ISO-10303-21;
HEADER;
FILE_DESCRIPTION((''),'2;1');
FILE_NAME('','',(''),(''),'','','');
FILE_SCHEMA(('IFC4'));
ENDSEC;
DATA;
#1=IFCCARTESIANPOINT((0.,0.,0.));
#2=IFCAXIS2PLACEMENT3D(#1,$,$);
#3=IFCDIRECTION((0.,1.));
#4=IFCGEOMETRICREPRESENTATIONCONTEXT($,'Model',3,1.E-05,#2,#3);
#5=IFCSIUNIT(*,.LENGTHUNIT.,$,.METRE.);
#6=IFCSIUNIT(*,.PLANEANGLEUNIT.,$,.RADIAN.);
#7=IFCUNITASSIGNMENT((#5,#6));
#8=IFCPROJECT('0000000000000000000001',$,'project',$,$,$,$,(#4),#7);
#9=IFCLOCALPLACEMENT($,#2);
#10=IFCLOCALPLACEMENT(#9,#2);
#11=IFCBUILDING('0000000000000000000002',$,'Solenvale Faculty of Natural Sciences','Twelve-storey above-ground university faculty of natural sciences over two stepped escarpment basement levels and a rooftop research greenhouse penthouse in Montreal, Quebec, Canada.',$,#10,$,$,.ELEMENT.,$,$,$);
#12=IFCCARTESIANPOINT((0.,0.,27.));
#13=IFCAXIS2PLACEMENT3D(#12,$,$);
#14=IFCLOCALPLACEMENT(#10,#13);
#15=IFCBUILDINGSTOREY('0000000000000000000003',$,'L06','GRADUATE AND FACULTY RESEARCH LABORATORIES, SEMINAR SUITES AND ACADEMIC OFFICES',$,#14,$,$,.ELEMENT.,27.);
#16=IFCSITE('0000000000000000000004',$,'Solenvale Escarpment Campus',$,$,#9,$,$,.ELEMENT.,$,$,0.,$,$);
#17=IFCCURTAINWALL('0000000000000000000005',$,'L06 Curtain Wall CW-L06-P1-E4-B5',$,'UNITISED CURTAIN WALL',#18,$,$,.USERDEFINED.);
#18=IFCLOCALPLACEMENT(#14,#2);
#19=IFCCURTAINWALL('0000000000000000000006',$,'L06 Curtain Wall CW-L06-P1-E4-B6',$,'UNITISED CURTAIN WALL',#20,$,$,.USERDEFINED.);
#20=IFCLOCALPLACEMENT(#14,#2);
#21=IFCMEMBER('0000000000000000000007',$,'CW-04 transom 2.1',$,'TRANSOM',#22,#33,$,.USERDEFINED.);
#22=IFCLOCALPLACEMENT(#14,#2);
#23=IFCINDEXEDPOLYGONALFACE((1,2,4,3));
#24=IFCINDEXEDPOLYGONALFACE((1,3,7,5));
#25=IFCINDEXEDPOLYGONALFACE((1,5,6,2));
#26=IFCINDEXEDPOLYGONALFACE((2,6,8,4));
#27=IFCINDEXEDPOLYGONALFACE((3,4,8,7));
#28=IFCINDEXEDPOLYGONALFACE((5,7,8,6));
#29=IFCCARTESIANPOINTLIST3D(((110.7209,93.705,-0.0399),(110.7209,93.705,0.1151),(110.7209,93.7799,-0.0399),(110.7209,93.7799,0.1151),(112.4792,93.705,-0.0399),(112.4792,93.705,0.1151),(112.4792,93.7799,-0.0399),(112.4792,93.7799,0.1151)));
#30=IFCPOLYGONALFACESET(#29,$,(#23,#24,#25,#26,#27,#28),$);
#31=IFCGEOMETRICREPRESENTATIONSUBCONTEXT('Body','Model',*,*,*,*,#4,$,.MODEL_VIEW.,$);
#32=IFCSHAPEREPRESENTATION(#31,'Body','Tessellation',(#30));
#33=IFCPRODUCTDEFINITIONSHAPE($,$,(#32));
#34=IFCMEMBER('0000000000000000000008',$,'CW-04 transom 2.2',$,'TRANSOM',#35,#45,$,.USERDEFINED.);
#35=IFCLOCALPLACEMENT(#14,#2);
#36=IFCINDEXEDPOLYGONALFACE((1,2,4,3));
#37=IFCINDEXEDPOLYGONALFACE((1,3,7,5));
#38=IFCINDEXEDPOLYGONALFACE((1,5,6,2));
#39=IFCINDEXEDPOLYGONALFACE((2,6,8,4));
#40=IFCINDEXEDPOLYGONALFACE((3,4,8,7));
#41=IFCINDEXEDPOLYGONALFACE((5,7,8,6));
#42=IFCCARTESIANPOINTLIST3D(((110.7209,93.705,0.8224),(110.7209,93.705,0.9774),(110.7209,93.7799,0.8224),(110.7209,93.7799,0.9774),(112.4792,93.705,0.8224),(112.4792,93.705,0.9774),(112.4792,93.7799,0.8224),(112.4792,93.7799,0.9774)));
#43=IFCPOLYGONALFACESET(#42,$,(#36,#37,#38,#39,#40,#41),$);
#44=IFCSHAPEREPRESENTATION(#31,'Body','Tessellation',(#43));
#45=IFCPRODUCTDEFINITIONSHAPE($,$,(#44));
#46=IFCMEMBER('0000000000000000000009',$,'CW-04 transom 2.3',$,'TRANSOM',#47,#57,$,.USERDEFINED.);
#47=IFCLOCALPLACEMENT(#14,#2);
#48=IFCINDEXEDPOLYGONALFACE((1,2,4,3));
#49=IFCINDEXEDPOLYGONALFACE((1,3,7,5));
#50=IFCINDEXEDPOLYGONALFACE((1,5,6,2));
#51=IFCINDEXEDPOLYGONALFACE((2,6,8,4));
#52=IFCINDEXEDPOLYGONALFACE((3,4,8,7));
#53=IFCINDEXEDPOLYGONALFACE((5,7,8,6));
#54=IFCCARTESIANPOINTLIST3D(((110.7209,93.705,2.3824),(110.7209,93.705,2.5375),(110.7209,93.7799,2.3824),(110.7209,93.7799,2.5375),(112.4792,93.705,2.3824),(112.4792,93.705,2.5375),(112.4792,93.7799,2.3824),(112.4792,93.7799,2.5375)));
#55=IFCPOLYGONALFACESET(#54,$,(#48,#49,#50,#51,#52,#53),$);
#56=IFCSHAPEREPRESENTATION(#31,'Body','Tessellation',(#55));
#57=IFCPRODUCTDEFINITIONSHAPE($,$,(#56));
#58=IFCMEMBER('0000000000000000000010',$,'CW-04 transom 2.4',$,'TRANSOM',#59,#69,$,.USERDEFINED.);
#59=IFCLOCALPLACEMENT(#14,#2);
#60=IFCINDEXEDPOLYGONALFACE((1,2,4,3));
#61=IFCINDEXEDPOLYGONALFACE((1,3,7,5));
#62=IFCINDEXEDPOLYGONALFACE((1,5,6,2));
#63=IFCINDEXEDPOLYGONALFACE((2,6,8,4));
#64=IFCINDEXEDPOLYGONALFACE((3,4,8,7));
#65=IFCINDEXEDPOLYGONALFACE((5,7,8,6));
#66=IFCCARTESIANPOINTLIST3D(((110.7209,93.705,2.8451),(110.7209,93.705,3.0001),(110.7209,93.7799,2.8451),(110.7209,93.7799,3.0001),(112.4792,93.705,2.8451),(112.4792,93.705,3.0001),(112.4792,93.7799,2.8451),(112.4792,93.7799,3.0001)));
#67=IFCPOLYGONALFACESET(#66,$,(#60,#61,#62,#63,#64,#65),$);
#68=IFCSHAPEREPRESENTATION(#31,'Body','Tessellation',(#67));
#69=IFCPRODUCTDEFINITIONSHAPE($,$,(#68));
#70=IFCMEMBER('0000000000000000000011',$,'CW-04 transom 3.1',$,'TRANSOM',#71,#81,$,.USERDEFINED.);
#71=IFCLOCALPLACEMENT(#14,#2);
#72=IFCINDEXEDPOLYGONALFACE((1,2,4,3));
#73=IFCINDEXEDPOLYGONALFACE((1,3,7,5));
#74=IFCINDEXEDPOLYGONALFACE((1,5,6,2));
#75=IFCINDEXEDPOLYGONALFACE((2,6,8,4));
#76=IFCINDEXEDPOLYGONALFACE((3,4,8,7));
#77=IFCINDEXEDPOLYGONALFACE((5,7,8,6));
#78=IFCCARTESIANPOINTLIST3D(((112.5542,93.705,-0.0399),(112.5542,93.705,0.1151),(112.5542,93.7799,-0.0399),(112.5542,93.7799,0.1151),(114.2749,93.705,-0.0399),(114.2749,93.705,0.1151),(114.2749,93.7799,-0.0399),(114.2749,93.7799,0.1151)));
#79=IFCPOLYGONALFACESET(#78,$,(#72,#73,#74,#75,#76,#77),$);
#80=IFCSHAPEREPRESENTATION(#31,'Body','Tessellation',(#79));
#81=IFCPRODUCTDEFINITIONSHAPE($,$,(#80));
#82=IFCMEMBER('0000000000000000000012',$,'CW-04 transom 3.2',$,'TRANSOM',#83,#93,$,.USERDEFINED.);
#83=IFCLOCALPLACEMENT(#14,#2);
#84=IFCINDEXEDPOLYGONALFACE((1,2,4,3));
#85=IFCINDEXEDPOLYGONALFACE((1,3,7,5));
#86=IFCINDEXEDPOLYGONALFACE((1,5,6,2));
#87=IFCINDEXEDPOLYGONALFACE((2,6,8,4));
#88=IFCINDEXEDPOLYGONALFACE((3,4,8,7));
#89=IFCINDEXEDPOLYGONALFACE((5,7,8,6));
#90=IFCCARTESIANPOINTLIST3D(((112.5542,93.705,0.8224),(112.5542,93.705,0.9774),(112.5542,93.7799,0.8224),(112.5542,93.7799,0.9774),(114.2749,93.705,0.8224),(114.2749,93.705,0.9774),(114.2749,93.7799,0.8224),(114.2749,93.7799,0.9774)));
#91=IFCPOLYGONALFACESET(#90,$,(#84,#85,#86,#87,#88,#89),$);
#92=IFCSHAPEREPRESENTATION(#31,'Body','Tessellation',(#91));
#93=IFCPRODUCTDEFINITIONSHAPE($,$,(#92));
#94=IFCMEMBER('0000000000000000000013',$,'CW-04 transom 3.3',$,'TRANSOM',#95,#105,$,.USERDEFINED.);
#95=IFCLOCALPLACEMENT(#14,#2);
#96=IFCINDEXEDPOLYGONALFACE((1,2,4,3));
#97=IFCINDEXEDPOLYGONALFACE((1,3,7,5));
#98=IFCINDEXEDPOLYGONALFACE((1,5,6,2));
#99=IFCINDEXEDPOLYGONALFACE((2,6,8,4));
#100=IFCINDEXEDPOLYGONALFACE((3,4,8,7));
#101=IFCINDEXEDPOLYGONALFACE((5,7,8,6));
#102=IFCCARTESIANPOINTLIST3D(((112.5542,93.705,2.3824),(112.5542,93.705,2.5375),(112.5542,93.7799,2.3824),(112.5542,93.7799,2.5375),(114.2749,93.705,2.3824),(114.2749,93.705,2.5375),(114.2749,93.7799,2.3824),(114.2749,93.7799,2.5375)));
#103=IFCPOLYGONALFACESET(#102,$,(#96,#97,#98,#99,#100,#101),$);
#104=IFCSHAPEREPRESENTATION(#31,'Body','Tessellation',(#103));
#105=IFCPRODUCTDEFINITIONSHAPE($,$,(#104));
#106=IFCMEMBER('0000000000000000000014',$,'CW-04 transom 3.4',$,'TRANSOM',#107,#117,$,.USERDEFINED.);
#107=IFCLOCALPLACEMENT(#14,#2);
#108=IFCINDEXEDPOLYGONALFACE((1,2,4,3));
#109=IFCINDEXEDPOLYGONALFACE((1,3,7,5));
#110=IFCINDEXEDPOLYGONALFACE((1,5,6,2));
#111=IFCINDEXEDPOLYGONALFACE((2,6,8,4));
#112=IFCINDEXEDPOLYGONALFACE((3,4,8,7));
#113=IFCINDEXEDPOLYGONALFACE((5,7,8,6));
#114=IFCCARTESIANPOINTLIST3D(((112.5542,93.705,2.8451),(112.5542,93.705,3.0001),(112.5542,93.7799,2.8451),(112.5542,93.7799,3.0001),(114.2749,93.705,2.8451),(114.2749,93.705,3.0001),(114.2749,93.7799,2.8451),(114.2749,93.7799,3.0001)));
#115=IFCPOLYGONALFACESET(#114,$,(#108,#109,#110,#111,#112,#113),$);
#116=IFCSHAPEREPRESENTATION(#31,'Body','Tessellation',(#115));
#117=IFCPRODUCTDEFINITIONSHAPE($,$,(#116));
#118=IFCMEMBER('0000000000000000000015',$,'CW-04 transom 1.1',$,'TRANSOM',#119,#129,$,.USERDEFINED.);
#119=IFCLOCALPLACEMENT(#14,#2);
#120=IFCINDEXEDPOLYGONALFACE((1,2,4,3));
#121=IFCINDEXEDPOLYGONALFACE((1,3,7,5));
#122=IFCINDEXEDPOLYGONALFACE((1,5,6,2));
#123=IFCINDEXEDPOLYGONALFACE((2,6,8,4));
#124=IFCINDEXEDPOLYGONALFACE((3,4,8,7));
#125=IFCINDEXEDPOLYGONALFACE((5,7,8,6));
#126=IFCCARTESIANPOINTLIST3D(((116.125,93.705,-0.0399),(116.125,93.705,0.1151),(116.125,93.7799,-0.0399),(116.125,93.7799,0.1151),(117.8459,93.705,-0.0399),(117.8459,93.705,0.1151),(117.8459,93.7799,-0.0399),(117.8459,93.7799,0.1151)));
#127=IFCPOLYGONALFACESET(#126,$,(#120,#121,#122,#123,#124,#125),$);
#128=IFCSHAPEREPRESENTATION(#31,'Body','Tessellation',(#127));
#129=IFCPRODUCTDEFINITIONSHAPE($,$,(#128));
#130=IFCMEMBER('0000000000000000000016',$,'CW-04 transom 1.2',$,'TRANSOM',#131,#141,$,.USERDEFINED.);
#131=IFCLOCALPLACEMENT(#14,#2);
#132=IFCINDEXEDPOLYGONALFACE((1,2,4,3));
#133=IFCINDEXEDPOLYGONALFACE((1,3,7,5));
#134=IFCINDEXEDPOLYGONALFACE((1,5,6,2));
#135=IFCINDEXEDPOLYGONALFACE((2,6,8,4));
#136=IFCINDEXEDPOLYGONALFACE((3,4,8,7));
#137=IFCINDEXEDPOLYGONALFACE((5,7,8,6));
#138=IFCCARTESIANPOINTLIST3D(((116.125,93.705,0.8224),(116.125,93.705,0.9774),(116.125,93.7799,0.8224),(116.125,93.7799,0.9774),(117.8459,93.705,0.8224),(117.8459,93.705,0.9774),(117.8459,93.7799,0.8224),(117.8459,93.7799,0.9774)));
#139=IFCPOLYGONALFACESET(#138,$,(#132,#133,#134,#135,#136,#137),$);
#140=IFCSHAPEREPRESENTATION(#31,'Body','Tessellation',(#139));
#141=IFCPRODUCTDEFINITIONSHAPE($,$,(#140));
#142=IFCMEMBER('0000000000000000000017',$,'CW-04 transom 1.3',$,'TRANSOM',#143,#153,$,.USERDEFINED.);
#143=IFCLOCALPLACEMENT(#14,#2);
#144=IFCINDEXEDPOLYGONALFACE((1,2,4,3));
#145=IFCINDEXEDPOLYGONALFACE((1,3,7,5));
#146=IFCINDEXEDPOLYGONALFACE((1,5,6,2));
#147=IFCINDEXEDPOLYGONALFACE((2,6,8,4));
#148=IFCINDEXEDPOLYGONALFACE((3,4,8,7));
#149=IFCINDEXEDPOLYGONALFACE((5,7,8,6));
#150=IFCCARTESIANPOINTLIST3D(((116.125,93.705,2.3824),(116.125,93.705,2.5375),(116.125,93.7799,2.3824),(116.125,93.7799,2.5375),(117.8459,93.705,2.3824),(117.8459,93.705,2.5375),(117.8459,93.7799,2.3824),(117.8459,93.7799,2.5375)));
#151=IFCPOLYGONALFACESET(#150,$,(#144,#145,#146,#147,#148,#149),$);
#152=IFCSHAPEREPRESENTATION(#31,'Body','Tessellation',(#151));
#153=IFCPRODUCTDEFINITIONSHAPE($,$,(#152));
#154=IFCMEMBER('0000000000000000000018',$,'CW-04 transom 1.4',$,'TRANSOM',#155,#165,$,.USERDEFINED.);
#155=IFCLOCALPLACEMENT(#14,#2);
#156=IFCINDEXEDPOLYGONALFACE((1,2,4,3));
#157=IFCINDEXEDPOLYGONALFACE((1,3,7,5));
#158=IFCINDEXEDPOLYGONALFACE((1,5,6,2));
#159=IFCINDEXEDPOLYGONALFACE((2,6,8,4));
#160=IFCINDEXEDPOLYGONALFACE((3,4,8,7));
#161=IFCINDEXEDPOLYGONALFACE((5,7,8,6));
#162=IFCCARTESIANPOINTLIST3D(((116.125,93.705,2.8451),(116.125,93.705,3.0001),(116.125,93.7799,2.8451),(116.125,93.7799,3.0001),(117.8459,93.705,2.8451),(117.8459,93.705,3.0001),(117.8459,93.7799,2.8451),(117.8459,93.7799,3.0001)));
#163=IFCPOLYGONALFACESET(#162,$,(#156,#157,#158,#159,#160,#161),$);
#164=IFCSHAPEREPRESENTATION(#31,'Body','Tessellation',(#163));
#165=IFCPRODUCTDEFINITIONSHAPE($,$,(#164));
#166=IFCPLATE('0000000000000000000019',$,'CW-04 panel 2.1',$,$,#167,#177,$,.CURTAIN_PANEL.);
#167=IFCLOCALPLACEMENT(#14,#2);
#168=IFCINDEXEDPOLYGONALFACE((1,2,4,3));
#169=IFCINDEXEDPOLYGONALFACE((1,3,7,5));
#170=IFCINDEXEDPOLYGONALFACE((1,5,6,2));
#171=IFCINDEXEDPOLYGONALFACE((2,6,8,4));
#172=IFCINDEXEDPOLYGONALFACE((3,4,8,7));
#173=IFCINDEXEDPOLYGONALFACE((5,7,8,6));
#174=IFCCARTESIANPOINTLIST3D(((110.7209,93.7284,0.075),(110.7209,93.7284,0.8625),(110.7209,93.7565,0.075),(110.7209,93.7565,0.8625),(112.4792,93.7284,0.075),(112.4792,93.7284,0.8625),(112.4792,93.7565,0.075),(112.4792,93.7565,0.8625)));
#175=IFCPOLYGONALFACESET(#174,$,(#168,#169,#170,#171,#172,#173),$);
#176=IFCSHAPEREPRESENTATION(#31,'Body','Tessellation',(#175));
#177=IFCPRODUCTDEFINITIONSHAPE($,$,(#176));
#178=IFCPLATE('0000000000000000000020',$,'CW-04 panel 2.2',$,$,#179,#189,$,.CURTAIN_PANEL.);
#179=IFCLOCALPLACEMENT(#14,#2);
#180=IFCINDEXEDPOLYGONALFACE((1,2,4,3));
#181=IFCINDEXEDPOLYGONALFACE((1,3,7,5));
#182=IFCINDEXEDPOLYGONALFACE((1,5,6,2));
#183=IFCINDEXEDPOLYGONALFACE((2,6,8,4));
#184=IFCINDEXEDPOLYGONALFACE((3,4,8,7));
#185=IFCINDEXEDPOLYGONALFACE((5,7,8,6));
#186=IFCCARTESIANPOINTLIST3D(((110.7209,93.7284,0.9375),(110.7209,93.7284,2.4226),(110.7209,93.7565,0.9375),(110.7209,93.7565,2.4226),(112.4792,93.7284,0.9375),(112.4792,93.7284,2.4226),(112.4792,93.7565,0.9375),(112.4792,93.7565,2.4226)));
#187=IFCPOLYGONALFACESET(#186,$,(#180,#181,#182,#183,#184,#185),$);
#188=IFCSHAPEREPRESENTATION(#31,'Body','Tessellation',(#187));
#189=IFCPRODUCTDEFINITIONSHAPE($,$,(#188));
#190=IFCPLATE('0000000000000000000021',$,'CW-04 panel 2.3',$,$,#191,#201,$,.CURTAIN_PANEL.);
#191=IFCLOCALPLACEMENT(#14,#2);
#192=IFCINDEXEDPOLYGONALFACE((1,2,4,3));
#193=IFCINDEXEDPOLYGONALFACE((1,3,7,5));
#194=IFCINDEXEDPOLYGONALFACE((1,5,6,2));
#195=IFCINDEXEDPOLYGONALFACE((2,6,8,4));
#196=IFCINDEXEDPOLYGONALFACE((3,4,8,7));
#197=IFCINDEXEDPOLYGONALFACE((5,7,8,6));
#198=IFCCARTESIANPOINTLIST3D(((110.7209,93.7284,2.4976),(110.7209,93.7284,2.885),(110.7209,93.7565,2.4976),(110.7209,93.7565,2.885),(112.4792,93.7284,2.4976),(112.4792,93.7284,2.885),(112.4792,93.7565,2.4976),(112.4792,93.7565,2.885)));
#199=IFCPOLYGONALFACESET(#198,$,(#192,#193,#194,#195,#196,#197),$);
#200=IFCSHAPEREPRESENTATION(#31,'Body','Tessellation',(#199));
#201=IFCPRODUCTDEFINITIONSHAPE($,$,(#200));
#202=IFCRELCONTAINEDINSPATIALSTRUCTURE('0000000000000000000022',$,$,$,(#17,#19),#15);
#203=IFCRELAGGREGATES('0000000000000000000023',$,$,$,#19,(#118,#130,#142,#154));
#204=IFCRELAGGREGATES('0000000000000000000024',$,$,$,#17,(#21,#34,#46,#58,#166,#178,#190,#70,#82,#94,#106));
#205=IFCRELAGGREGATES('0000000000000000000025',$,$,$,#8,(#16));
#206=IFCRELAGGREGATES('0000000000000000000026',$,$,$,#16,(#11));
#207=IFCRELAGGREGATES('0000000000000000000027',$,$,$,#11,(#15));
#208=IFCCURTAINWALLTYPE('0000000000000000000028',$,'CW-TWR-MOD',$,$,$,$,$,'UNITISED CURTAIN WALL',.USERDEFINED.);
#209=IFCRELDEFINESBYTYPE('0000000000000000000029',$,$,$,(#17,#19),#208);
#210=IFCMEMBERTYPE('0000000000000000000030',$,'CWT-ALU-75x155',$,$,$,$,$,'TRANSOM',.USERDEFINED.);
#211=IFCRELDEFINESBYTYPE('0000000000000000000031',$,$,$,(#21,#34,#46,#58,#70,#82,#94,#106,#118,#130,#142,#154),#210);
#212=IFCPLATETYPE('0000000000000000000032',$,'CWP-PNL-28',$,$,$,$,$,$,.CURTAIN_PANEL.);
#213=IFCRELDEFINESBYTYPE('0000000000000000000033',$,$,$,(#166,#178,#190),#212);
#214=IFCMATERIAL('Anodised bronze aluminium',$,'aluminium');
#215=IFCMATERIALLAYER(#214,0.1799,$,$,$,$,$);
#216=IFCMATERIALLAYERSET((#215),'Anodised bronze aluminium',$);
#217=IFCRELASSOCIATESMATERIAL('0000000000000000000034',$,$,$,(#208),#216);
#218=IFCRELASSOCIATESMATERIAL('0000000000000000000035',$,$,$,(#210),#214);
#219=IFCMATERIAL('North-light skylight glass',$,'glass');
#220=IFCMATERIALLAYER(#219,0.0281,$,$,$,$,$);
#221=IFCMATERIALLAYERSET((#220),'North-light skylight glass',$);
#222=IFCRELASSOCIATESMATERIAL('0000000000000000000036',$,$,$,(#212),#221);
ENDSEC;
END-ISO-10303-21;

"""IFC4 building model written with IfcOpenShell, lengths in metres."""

from ifc_helpers import new_model, si_unit, direction, frame, origin, origin_2d, place, context, subcontext, project, spatial, rectangle, extrude, material, layer, layer_set, material_profile, profile_set, type_object, element, aggregate, save


model = new_model("IFC4")

# Units and contexts
model_context = context("Model", 3, precision=1e-05, world=origin(), true_north=direction((0.0, 1.0)))
body_context = subcontext(model_context, "Body", "Model", "MODEL_VIEW")
ifc_project = project(units=[si_unit("LENGTHUNIT", "METRE"), si_unit("PLANEANGLEUNIT", "RADIAN")], contexts=[model_context])

# Site, building, storey
site_placement = place(None, origin())
site = spatial("IfcSite", under=ifc_project, at=site_placement, Name="Solenvale Escarpment Campus", CompositionType="ELEMENT", RefElevation=0.0)
building_placement = place(site_placement, origin())
building = spatial("IfcBuilding", under=site, at=building_placement, Name="Solenvale Faculty of Natural Sciences", Description="Twelve-storey above-ground university faculty of natural sciences over two stepped escarpment basement levels and a rooftop research greenhouse penthouse in Montreal, Quebec, Canada.", CompositionType="ELEMENT")
storey_placement = place(building_placement, frame((0.0, 0.0, 27.0)))
storey = spatial("IfcBuildingStorey", under=building, at=storey_placement, Name="L06", Description="GRADUATE AND FACULTY RESEARCH LABORATORIES, SEMINAR SUITES AND ACADEMIC OFFICES", CompositionType="ELEMENT", Elevation=27.0)

# Curtain wall
ifc_material_1 = material(Name="Anodised bronze aluminium", Category="aluminium")
ifc_layer_1 = layer(ifc_material_1, 0.1799)
ifc_layer_set_1 = layer_set([ifc_layer_1], Name="Anodised bronze aluminium")
curtain_wall_type = type_object("IfcCurtainWallType", Name="CW-TWR-MOD", ElementType="UNITISED CURTAIN WALL", PredefinedType="USERDEFINED", material=ifc_layer_set_1)
curtain_wall_1_placement = place(storey_placement, origin())
curtain_wall_1 = element("IfcCurtainWall", 1, at=curtain_wall_1_placement, inside=storey, type_object=curtain_wall_type, Name="L06 Curtain Wall CW-L06-P1-E4-B5", ObjectType="UNITISED CURTAIN WALL", PredefinedType="USERDEFINED")

# Curtain wall
curtain_wall_2_placement = place(storey_placement, origin())
curtain_wall_2 = element("IfcCurtainWall", 2, at=curtain_wall_2_placement, inside=storey, type_object=curtain_wall_type, Name="L06 Curtain Wall CW-L06-P1-E4-B6", ObjectType="UNITISED CURTAIN WALL", PredefinedType="USERDEFINED")

# Members
ifc_material_profile_1 = material_profile(ifc_material_1, rectangle(XDim=0.075, YDim=0.155, at=origin_2d()), Name="ALU-TRN-75x155")
ifc_profile_set_1 = profile_set([ifc_material_profile_1], Name="Anodised bronze aluminium")
member_type_1 = type_object("IfcMemberType", Name="CWT-ALU-75x155", ElementType="TRANSOM", PredefinedType="USERDEFINED", material=ifc_profile_set_1)
member_1_placement = place(storey_placement, frame((110.7209, 93.7424, 0.0376), z_axis=(1.0, 0.0, 0.0), x_axis=(0.0, 1.0, 0.0)))
member_1 = element("IfcMember", 3, at=member_1_placement, type_object=member_type_1, Name="CW-04 transom 2.1", ObjectType="TRANSOM", PredefinedType="USERDEFINED", context=body_context, shape_type="SweptSolid", body=[
    extrude(rectangle(XDim=0.075, YDim=0.155, at=origin_2d()), origin(), (0.0, 0.0, 1.0), 1.7583),
])
member_2_placement = place(storey_placement, frame((110.7209, 93.7424, 0.8999), z_axis=(1.0, 0.0, 0.0), x_axis=(0.0, 1.0, 0.0)))
member_2 = element("IfcMember", 4, at=member_2_placement, type_object=member_type_1, Name="CW-04 transom 2.2", ObjectType="TRANSOM", PredefinedType="USERDEFINED", context=body_context, shape_type="SweptSolid", body=[
    extrude(rectangle(XDim=0.075, YDim=0.155, at=origin_2d()), origin(), (0.0, 0.0, 1.0), 1.7583),
])
member_3_placement = place(storey_placement, frame((110.7209, 93.7424, 2.46), z_axis=(1.0, 0.0, 0.0), x_axis=(0.0, 1.0, 0.0)))
member_3 = element("IfcMember", 5, at=member_3_placement, type_object=member_type_1, Name="CW-04 transom 2.3", ObjectType="TRANSOM", PredefinedType="USERDEFINED", context=body_context, shape_type="SweptSolid", body=[
    extrude(rectangle(XDim=0.075, YDim=0.155, at=origin_2d()), origin(), (0.0, 0.0, 1.0), 1.7583),
])
member_4_placement = place(storey_placement, frame((110.7209, 93.7424, 2.9226), z_axis=(1.0, 0.0, 0.0), x_axis=(0.0, 1.0, 0.0)))
member_4 = element("IfcMember", 6, at=member_4_placement, type_object=member_type_1, Name="CW-04 transom 2.4", ObjectType="TRANSOM", PredefinedType="USERDEFINED", context=body_context, shape_type="SweptSolid", body=[
    extrude(rectangle(XDim=0.075, YDim=0.155, at=origin_2d()), origin(), (0.0, 0.0, 1.0), 1.7583),
])
member_5_placement = place(storey_placement, frame((112.5542, 93.7424, 0.0376), z_axis=(1.0, 0.0, 0.0), x_axis=(0.0, 1.0, 0.0)))
member_5 = element("IfcMember", 7, at=member_5_placement, type_object=member_type_1, Name="CW-04 transom 3.1", ObjectType="TRANSOM", PredefinedType="USERDEFINED", context=body_context, shape_type="SweptSolid", body=[
    extrude(rectangle(XDim=0.075, YDim=0.155, at=origin_2d()), origin(), (0.0, 0.0, 1.0), 1.7207),
])
member_6_placement = place(storey_placement, frame((112.5542, 93.7424, 0.8999), z_axis=(1.0, 0.0, 0.0), x_axis=(0.0, 1.0, 0.0)))
member_6 = element("IfcMember", 8, at=member_6_placement, type_object=member_type_1, Name="CW-04 transom 3.2", ObjectType="TRANSOM", PredefinedType="USERDEFINED", context=body_context, shape_type="SweptSolid", body=[
    extrude(rectangle(XDim=0.075, YDim=0.155, at=origin_2d()), origin(), (0.0, 0.0, 1.0), 1.7207),
])
member_7_placement = place(storey_placement, frame((112.5542, 93.7424, 2.46), z_axis=(1.0, 0.0, 0.0), x_axis=(0.0, 1.0, 0.0)))
member_7 = element("IfcMember", 9, at=member_7_placement, type_object=member_type_1, Name="CW-04 transom 3.3", ObjectType="TRANSOM", PredefinedType="USERDEFINED", context=body_context, shape_type="SweptSolid", body=[
    extrude(rectangle(XDim=0.075, YDim=0.155, at=origin_2d()), origin(), (0.0, 0.0, 1.0), 1.7207),
])
member_8_placement = place(storey_placement, frame((112.5542, 93.7424, 2.9226), z_axis=(1.0, 0.0, 0.0), x_axis=(0.0, 1.0, 0.0)))
member_8 = element("IfcMember", 10, at=member_8_placement, type_object=member_type_1, Name="CW-04 transom 3.4", ObjectType="TRANSOM", PredefinedType="USERDEFINED", context=body_context, shape_type="SweptSolid", body=[
    extrude(rectangle(XDim=0.075, YDim=0.155, at=origin_2d()), origin(), (0.0, 0.0, 1.0), 1.7207),
])
member_9_placement = place(storey_placement, frame((116.125, 93.7424, 0.0376), z_axis=(1.0, 0.0, 0.0), x_axis=(0.0, 1.0, 0.0)))
member_9 = element("IfcMember", 11, at=member_9_placement, type_object=member_type_1, Name="CW-04 transom 1.1", ObjectType="TRANSOM", PredefinedType="USERDEFINED", context=body_context, shape_type="SweptSolid", body=[
    extrude(rectangle(XDim=0.075, YDim=0.155, at=origin_2d()), origin(), (0.0, 0.0, 1.0), 1.7209),
])
member_10_placement = place(storey_placement, frame((116.125, 93.7424, 0.8999), z_axis=(1.0, 0.0, 0.0), x_axis=(0.0, 1.0, 0.0)))
member_10 = element("IfcMember", 12, at=member_10_placement, type_object=member_type_1, Name="CW-04 transom 1.2", ObjectType="TRANSOM", PredefinedType="USERDEFINED", context=body_context, shape_type="SweptSolid", body=[
    extrude(rectangle(XDim=0.075, YDim=0.155, at=origin_2d()), origin(), (0.0, 0.0, 1.0), 1.7209),
])
member_11_placement = place(storey_placement, frame((116.125, 93.7424, 2.46), z_axis=(1.0, 0.0, 0.0), x_axis=(0.0, 1.0, 0.0)))
member_11 = element("IfcMember", 13, at=member_11_placement, type_object=member_type_1, Name="CW-04 transom 1.3", ObjectType="TRANSOM", PredefinedType="USERDEFINED", context=body_context, shape_type="SweptSolid", body=[
    extrude(rectangle(XDim=0.075, YDim=0.155, at=origin_2d()), origin(), (0.0, 0.0, 1.0), 1.7209),
])
member_12_placement = place(storey_placement, frame((116.125, 93.7424, 2.9226), z_axis=(1.0, 0.0, 0.0), x_axis=(0.0, 1.0, 0.0)))
member_12 = element("IfcMember", 14, at=member_12_placement, type_object=member_type_1, Name="CW-04 transom 1.4", ObjectType="TRANSOM", PredefinedType="USERDEFINED", context=body_context, shape_type="SweptSolid", body=[
    extrude(rectangle(XDim=0.075, YDim=0.155, at=origin_2d()), origin(), (0.0, 0.0, 1.0), 1.7209),
])
aggregate(curtain_wall_2, [member_9, member_10, member_11, member_12])

# Plates
ifc_material_2 = material(Name="North-light skylight glass", Category="glass")
ifc_layer_2 = layer(ifc_material_2, 0.0281)
ifc_layer_set_2 = layer_set([ifc_layer_2], Name="North-light skylight glass")
plate_type = type_object("IfcPlateType", Name="CWP-PNL-28", PredefinedType="CURTAIN_PANEL", material=ifc_layer_set_2)
plate_1_placement = place(storey_placement, frame((111.6001, 93.7424, 0.075), z_axis=(0.0, 0.0, 1.0), x_axis=(1.0, 0.0, 0.0)))
plate_1 = element("IfcPlate", 15, at=plate_1_placement, type_object=plate_type, Name="CW-04 panel 2.1", PredefinedType="CURTAIN_PANEL", context=body_context, shape_type="SweptSolid", body=[
    extrude(rectangle(XDim=1.7583, YDim=0.0281, at=origin_2d()), origin(), (0.0, 0.0, 1.0), 0.7876),
])
plate_2_placement = place(storey_placement, frame((111.6001, 93.7424, 0.9375), z_axis=(0.0, 0.0, 1.0), x_axis=(1.0, 0.0, 0.0)))
plate_2 = element("IfcPlate", 16, at=plate_2_placement, type_object=plate_type, Name="CW-04 panel 2.2", PredefinedType="CURTAIN_PANEL", context=body_context, shape_type="SweptSolid", body=[
    extrude(rectangle(XDim=1.7583, YDim=0.0281, at=origin_2d()), origin(), (0.0, 0.0, 1.0), 1.4851),
])
plate_3_placement = place(storey_placement, frame((111.6001, 93.7424, 2.4976), z_axis=(0.0, 0.0, 1.0), x_axis=(1.0, 0.0, 0.0)))
plate_3 = element("IfcPlate", 17, at=plate_3_placement, type_object=plate_type, Name="CW-04 panel 2.3", PredefinedType="CURTAIN_PANEL", context=body_context, shape_type="SweptSolid", body=[
    extrude(rectangle(XDim=1.7583, YDim=0.0281, at=origin_2d()), origin(), (0.0, 0.0, 1.0), 0.3875),
])
aggregate(curtain_wall_1, [member_1, member_2, member_3, member_4, plate_1, plate_2, plate_3, member_5, member_6, member_7, member_8])

save(model, "model.ifc")
